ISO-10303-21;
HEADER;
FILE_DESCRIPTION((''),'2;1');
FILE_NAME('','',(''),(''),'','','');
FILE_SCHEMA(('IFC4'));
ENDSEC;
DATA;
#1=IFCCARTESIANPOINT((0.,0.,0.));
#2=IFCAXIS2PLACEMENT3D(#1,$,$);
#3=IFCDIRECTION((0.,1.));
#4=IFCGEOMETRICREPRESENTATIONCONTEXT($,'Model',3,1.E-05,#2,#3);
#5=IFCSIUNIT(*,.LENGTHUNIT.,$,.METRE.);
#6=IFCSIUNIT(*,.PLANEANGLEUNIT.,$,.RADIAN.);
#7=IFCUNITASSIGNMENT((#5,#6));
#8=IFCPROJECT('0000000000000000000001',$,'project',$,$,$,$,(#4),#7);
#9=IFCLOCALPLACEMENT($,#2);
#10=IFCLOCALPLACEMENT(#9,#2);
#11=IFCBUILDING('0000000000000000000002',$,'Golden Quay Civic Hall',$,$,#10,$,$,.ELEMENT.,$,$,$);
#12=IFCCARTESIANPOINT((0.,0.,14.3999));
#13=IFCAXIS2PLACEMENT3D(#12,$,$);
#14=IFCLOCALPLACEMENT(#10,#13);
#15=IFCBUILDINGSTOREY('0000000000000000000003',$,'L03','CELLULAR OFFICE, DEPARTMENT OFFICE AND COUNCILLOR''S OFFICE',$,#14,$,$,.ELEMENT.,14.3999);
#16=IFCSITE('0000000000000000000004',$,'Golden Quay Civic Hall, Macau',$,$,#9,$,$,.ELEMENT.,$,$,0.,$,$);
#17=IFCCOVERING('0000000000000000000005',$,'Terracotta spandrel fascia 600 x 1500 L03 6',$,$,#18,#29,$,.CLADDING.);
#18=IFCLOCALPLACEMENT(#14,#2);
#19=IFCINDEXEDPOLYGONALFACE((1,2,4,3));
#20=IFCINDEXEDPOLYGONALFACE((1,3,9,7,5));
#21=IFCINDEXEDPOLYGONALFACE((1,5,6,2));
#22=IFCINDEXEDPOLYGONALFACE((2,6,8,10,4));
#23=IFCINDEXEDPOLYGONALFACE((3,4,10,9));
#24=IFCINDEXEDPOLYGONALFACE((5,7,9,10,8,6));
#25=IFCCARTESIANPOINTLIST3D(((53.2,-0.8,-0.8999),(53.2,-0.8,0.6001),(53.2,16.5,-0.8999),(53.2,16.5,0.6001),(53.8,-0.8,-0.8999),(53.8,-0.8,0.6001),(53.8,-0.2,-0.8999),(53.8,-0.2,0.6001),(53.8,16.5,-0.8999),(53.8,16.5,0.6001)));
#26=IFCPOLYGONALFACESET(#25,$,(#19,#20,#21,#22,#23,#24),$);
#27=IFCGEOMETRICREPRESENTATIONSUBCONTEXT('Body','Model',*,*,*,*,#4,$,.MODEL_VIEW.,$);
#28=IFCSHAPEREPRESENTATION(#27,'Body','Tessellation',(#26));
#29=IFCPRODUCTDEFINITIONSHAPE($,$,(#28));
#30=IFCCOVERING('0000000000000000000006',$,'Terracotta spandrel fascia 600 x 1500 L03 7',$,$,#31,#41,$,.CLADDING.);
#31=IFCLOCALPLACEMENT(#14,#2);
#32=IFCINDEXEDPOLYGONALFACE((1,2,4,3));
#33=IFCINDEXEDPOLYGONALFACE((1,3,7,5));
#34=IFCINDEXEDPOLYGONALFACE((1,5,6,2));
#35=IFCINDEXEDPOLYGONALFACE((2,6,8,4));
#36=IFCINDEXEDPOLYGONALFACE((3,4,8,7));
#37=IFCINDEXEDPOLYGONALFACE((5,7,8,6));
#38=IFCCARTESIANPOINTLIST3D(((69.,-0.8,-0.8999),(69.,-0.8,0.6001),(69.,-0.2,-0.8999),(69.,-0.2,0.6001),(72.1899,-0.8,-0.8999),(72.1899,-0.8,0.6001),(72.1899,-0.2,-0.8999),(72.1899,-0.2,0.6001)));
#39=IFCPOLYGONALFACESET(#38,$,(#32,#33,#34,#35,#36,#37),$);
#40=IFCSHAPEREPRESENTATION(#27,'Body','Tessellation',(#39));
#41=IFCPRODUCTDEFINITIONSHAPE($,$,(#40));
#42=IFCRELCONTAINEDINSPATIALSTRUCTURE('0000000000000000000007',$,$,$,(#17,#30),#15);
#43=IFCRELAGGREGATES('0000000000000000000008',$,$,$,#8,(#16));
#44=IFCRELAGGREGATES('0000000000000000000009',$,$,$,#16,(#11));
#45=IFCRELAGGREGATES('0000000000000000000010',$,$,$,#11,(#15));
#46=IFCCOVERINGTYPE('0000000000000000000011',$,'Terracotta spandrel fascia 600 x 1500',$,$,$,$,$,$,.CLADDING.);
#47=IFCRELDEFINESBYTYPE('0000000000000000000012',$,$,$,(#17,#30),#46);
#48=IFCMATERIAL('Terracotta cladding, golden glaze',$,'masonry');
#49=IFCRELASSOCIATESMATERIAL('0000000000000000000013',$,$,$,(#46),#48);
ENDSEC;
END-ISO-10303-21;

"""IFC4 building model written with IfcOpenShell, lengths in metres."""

from ifc_helpers import new_model, si_unit, direction, frame, origin, place, context, subcontext, project, spatial, polyline, outline, extrude, material, type_object, element, save


model = new_model("IFC4")

# Units and contexts
model_context = context("Model", 3, precision=1e-05, world=origin(), true_north=direction((0.0, 1.0)))
body_context = subcontext(model_context, "Body", "Model", "MODEL_VIEW")
ifc_project = project(units=[si_unit("LENGTHUNIT", "METRE"), si_unit("PLANEANGLEUNIT", "RADIAN")], contexts=[model_context])

# Site, building, storey
site_placement = place(None, origin())
site = spatial("IfcSite", under=ifc_project, at=site_placement, Name="Golden Quay Civic Hall, Macau", CompositionType="ELEMENT", RefElevation=0.0)
building_placement = place(site_placement, origin())
building = spatial("IfcBuilding", under=site, at=building_placement, Name="Golden Quay Civic Hall", CompositionType="ELEMENT")
storey_placement = place(building_placement, frame((0.0, 0.0, 14.3999)))
storey = spatial("IfcBuildingStorey", under=building, at=storey_placement, Name="L03", Description="CELLULAR OFFICE, DEPARTMENT OFFICE AND COUNCILLOR'S OFFICE", CompositionType="ELEMENT", Elevation=14.3999)

# Coverings
ifc_material_1 = material(Name="Terracotta cladding, golden glaze", Category="masonry")
covering_type_1 = type_object("IfcCoveringType", Name="Terracotta spandrel fascia 600 x 1500", PredefinedType="CLADDING", material=ifc_material_1)
covering_1_placement = place(storey_placement, frame((0.0, 0.0, -0.8999)))
element("IfcCovering", 1, at=covering_1_placement, inside=storey, type_object=covering_type_1, Name="Terracotta spandrel fascia 600 x 1500 L03 6", PredefinedType="CLADDING", context=body_context, shape_type="SweptSolid", body=[
    extrude(outline(polyline([(53.8, -0.8), (53.2, -0.8), (53.2, 16.5), (53.8, 16.5), (53.8, -0.2), (53.8, -0.8)])), origin(), (0.0, 0.0, 1.0), 1.5),
])
covering_2_placement = place(storey_placement, frame((0.0, 0.0, -0.8999)))
element("IfcCovering", 2, at=covering_2_placement, inside=storey, type_object=covering_type_1, Name="Terracotta spandrel fascia 600 x 1500 L03 7", PredefinedType="CLADDING", context=body_context, shape_type="SweptSolid", body=[
    extrude(outline(polyline([(72.1899, -0.8), (69.0, -0.8), (69.0, -0.2), (72.1899, -0.2), (72.1899, -0.8)])), origin(), (0.0, 0.0, 1.0), 1.5),
])

save(model, "model.ifc")
